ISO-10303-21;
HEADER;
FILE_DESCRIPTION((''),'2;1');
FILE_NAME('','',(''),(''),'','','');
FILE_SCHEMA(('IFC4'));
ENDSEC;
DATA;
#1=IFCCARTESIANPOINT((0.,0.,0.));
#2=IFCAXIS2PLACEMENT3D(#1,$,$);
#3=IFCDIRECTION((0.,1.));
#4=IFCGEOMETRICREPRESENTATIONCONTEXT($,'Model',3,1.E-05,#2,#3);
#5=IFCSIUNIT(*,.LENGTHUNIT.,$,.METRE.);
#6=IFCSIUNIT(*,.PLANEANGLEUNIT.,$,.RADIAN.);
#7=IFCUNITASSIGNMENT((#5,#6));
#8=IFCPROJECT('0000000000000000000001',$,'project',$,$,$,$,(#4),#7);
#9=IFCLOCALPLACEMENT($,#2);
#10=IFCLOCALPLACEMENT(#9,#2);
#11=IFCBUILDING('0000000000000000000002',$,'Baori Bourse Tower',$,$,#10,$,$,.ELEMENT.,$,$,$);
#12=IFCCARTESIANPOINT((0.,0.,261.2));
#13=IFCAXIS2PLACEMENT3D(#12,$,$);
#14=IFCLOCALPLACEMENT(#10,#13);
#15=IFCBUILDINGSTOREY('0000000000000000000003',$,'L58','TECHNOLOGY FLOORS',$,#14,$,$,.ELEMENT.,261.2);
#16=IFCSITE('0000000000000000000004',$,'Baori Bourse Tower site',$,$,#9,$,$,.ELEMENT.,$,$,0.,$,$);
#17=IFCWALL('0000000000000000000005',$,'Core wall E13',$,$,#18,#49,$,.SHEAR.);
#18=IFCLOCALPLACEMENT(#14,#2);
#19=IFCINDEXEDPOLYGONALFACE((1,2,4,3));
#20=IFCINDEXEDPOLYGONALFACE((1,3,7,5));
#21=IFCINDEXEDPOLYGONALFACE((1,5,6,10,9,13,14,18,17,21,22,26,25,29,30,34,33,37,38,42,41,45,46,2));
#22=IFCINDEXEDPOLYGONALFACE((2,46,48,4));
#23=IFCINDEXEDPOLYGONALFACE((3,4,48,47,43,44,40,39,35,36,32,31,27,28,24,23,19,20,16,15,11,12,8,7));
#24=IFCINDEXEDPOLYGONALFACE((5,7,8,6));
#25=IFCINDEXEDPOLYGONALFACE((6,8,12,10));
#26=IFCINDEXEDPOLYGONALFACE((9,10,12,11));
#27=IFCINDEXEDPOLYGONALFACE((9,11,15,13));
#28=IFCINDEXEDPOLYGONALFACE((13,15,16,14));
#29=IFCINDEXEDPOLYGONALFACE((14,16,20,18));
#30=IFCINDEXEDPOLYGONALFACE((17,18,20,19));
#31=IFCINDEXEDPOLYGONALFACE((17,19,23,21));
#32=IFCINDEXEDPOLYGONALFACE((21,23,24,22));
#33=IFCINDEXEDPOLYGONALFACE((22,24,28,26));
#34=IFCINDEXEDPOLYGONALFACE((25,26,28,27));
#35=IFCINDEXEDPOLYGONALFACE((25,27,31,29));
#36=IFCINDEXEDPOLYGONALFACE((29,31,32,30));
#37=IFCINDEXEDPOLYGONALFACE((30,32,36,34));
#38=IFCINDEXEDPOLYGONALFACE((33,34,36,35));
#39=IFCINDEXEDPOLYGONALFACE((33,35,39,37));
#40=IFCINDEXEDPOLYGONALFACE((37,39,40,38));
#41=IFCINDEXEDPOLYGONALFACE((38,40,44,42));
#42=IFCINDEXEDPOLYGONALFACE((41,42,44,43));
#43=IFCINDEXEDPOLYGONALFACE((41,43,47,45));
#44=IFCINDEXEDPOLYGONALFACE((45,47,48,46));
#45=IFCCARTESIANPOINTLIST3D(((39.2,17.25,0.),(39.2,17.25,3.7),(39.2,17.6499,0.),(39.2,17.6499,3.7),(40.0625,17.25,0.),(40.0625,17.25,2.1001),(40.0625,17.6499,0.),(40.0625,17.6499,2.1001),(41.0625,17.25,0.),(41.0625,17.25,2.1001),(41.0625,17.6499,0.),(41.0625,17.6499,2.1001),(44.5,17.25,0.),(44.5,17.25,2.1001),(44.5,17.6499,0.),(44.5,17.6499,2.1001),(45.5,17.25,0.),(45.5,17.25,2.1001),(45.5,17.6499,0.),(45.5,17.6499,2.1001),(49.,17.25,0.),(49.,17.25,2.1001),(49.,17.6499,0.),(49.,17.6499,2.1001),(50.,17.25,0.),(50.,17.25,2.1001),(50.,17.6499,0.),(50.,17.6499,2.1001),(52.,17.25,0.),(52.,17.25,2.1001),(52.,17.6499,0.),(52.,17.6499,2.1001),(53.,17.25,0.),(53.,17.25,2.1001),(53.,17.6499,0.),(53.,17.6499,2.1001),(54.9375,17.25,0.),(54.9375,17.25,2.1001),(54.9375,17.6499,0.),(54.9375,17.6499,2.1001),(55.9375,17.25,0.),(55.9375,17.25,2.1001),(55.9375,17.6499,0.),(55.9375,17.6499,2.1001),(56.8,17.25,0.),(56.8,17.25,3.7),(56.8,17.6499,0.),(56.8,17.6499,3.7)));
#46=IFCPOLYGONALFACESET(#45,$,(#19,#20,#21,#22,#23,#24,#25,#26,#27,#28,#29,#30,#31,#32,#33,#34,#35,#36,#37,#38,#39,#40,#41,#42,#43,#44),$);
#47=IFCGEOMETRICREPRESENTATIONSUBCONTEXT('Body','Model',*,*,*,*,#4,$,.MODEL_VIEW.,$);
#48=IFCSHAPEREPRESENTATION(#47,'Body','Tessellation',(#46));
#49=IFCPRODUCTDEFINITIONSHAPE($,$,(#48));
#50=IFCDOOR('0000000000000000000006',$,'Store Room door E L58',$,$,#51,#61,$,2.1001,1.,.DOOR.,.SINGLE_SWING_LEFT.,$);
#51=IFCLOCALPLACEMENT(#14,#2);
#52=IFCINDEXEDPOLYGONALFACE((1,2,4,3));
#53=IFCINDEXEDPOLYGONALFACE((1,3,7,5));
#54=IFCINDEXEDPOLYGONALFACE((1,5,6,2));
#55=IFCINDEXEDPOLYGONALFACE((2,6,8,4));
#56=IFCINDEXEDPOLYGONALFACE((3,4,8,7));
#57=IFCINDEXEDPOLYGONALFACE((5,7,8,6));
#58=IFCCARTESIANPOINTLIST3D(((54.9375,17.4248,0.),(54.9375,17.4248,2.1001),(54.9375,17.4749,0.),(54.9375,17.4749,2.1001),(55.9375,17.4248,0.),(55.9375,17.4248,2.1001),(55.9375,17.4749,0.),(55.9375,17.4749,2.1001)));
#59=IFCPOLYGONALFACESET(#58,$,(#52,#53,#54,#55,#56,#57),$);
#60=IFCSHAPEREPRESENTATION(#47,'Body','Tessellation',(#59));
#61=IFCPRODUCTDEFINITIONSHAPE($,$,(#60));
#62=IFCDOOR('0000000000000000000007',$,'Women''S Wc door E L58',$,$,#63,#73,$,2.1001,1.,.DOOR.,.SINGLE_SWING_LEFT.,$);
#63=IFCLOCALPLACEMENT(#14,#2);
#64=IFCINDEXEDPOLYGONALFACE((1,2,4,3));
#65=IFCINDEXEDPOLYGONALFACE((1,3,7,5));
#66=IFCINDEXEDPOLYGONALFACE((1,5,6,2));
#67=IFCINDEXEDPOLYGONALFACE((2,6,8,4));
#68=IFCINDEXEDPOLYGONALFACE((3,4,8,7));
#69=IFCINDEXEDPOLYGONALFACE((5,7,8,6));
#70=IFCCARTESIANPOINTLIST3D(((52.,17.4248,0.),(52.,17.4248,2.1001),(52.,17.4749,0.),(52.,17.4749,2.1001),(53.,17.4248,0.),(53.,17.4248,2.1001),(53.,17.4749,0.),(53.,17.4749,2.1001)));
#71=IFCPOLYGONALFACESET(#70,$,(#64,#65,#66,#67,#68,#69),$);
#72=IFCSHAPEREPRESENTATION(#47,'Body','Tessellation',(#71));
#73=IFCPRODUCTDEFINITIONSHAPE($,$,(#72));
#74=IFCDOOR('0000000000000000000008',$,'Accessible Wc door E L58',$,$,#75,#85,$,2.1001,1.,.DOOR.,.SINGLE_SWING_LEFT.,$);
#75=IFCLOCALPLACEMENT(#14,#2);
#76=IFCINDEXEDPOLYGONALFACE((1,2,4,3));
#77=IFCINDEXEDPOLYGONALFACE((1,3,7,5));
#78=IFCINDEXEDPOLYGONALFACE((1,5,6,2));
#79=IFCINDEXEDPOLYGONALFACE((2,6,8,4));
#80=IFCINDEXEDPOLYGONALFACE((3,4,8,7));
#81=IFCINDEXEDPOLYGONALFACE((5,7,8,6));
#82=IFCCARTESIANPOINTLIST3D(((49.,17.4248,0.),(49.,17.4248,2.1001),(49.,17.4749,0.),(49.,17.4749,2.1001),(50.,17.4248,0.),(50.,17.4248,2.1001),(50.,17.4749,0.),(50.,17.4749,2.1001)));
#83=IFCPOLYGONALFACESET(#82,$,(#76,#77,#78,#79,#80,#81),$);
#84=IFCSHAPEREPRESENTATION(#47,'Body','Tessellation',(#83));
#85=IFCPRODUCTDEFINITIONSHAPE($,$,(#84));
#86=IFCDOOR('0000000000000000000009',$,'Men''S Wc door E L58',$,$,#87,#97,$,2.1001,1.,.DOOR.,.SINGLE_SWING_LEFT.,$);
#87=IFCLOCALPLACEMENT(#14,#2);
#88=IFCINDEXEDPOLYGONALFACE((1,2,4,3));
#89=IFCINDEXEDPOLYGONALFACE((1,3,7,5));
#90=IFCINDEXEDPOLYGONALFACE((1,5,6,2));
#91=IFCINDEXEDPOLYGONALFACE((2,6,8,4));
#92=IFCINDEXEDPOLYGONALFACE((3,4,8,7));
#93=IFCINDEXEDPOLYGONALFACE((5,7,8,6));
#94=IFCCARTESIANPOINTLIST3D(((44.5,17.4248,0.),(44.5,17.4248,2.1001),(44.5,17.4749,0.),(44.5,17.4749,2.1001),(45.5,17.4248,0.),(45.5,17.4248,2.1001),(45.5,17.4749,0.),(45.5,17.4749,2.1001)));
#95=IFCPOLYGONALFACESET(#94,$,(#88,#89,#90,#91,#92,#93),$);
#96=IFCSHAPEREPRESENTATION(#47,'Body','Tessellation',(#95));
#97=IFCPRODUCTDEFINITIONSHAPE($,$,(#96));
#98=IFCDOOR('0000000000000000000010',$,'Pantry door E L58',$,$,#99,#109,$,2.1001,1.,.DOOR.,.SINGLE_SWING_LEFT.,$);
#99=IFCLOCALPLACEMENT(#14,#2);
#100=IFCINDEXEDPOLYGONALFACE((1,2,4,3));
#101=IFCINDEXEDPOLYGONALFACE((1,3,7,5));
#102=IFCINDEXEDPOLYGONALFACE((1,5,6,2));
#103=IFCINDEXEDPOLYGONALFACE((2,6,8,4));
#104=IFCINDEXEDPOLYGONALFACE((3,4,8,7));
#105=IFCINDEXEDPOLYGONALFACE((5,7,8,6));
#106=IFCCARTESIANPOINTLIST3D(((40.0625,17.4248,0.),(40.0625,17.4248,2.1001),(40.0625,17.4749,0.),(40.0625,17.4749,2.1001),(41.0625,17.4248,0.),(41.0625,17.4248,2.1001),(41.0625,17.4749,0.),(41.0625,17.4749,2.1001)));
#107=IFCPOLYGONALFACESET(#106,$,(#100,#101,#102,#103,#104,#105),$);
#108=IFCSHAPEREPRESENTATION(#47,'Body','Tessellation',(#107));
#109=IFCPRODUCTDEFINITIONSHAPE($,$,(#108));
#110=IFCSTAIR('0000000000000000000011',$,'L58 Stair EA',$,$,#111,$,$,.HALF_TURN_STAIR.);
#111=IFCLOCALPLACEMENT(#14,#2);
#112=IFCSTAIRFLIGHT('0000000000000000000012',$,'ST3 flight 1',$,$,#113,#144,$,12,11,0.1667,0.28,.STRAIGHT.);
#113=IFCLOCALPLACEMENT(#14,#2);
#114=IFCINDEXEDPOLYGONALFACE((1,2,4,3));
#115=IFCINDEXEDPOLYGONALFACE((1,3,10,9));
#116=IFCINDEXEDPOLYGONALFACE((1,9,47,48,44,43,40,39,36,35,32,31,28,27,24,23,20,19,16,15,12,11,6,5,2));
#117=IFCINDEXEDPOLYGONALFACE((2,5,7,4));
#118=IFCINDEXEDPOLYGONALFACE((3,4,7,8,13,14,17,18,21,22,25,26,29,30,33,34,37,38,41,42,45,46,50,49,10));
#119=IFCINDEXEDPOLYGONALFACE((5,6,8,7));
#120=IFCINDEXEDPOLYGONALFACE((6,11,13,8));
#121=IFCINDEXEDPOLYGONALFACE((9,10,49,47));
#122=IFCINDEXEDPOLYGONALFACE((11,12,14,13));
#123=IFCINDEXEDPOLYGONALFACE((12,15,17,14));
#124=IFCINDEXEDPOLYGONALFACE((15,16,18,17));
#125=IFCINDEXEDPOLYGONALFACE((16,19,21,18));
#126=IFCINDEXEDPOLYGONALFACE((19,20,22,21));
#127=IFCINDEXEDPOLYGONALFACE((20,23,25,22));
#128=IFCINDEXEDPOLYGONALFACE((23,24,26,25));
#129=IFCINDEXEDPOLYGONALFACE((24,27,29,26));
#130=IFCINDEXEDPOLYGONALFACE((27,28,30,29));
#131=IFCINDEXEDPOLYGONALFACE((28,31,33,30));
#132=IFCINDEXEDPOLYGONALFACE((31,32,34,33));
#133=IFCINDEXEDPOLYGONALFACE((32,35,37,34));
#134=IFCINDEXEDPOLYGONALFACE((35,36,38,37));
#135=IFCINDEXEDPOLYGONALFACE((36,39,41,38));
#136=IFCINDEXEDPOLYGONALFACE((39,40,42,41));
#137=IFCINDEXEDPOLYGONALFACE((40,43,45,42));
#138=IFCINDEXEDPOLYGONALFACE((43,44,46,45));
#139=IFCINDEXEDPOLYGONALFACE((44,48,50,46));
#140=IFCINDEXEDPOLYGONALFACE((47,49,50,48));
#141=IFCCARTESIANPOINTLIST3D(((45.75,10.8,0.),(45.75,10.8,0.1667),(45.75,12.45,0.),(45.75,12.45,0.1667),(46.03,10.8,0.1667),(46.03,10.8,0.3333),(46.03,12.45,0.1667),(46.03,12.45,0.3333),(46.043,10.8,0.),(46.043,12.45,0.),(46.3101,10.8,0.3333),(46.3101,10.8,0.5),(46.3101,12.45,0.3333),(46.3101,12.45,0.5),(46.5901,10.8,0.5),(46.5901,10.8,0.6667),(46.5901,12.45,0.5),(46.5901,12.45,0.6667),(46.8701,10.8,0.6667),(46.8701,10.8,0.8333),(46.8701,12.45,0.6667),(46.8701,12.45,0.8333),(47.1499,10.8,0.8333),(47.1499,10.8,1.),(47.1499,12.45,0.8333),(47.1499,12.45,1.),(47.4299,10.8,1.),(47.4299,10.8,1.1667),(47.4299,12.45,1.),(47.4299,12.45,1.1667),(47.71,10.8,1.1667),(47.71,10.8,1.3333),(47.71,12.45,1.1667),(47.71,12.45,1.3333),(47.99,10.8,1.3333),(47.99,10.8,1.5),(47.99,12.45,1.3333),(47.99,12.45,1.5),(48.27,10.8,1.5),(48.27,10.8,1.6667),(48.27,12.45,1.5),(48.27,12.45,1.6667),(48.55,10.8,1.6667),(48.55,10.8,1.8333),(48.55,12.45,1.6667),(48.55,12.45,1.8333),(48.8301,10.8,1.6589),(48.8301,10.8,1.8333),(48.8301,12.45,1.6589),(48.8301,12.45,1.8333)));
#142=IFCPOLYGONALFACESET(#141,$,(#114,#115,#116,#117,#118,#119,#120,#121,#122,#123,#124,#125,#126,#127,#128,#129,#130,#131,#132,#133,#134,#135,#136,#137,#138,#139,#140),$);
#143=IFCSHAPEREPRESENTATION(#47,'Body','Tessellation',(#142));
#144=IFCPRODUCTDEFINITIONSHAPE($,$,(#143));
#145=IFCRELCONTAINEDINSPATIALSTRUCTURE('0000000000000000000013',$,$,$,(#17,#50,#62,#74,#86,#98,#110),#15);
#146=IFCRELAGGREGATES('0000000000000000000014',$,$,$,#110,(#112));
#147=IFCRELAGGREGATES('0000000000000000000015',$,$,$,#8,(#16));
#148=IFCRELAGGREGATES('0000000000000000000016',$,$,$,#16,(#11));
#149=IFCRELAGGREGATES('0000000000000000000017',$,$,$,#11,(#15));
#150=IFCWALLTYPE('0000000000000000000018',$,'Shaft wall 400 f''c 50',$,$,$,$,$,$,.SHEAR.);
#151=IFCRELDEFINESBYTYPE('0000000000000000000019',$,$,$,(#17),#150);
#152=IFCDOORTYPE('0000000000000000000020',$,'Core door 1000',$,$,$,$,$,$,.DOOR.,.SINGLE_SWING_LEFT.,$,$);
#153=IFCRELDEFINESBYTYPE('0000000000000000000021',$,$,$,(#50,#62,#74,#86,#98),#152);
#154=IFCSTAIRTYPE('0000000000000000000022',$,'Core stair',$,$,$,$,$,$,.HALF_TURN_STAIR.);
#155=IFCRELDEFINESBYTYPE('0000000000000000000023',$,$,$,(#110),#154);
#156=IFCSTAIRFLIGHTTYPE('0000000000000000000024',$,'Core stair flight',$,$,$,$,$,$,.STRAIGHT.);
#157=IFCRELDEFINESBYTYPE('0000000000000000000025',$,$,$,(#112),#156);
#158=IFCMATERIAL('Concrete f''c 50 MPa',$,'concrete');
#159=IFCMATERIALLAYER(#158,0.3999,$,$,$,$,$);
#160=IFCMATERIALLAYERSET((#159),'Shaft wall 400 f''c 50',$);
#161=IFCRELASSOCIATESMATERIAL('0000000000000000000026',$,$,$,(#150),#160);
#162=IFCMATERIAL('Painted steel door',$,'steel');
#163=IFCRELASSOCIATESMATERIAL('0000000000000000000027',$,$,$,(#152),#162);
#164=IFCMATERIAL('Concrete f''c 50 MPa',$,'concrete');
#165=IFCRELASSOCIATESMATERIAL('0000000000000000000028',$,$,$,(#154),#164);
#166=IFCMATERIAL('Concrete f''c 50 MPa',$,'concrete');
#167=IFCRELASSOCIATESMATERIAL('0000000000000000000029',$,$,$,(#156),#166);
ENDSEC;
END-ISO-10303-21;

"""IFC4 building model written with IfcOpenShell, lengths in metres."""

from ifc_helpers import new_model, si_unit, direction, frame, frame_2d, origin, place, context, subcontext, project, spatial, polyline, rectangle, outline, extrude, material, layer, layer_set, type_object, element, fill, aggregate, save


model = new_model("IFC4")

# Units and contexts
model_context = context("Model", 3, precision=1e-05, world=origin(), true_north=direction((0.0, 1.0)))
body_context = subcontext(model_context, "Body", "Model", "MODEL_VIEW")
ifc_project = project(units=[si_unit("LENGTHUNIT", "METRE"), si_unit("PLANEANGLEUNIT", "RADIAN")], contexts=[model_context])

# Site, building, storey
site_placement = place(None, origin())
site = spatial("IfcSite", under=ifc_project, at=site_placement, Name="Baori Bourse Tower site", CompositionType="ELEMENT", RefElevation=0.0)
building_placement = place(site_placement, origin())
building = spatial("IfcBuilding", under=site, at=building_placement, Name="Baori Bourse Tower", CompositionType="ELEMENT")
storey_placement = place(building_placement, frame((0.0, 0.0, 261.2)))
storey = spatial("IfcBuildingStorey", under=building, at=storey_placement, Name="L58", Description="TECHNOLOGY FLOORS", CompositionType="ELEMENT", Elevation=261.2)

# Shared definitions
ifc_material_1 = material(Name="Concrete f'c 50 MPa", Category="concrete")
ifc_layer_1 = layer(ifc_material_1, 0.3999)
ifc_layer_set_1 = layer_set([ifc_layer_1], Name="Shaft wall 400 f'c 50")
wall_type_1 = type_object("IfcWallType", Name="Shaft wall 400 f'c 50", PredefinedType="SHEAR", material=ifc_layer_set_1)

# Wall, openings, doors
wall_1_placement = place(storey_placement, frame((39.2, 17.45, 0.0), z_axis=(0.0, 0.0, 1.0), x_axis=(1.0, 0.0, 0.0)))
wall_1 = element("IfcWall", 1, at=wall_1_placement, inside=storey, type_object=wall_type_1, Name="Core wall E13", PredefinedType="SHEAR", context=body_context, shape_type="SweptSolid", body=[
    extrude(rectangle(XDim=17.6001, YDim=0.3999, at=frame_2d((8.8, 0.0))), origin(), (0.0, 0.0, 1.0), 3.7),
])
opening_1_placement = place(wall_1_placement, frame((15.7375, 0.0, 0.0)))
opening_1 = element("IfcOpeningElement", 2, at=opening_1_placement, cuts=wall_1, PredefinedType="OPENING", context=body_context, shape_type="SweptSolid", body=[
    extrude(rectangle(XDim=1.0, YDim=2.1001, at=frame_2d((0.5, 1.05))), frame((0.0, 0.21, 0.0), z_axis=(0.0, -1.0, 0.0), x_axis=(1.0, 0.0, 0.0)), (0.0, 0.0, 1.0), 0.4199),
])
opening_2_placement = place(wall_1_placement, frame((12.8, 0.0, 0.0)))
opening_2 = element("IfcOpeningElement", 3, at=opening_2_placement, cuts=wall_1, PredefinedType="OPENING", context=body_context, shape_type="SweptSolid", body=[
    extrude(rectangle(XDim=1.0, YDim=2.1001, at=frame_2d((0.5, 1.05))), frame((0.0, 0.21, 0.0), z_axis=(0.0, -1.0, 0.0), x_axis=(1.0, 0.0, 0.0)), (0.0, 0.0, 1.0), 0.4199),
])
opening_3_placement = place(wall_1_placement, frame((9.8, 0.0, 0.0)))
opening_3 = element("IfcOpeningElement", 4, at=opening_3_placement, cuts=wall_1, PredefinedType="OPENING", context=body_context, shape_type="SweptSolid", body=[
    extrude(rectangle(XDim=1.0, YDim=2.1001, at=frame_2d((0.5, 1.05))), frame((0.0, 0.21, 0.0), z_axis=(0.0, -1.0, 0.0), x_axis=(1.0, 0.0, 0.0)), (0.0, 0.0, 1.0), 0.4199),
])
opening_4_placement = place(wall_1_placement, frame((5.3, 0.0, 0.0)))
opening_4 = element("IfcOpeningElement", 5, at=opening_4_placement, cuts=wall_1, PredefinedType="OPENING", context=body_context, shape_type="SweptSolid", body=[
    extrude(rectangle(XDim=1.0, YDim=2.1001, at=frame_2d((0.5, 1.05))), frame((0.0, 0.21, 0.0), z_axis=(0.0, -1.0, 0.0), x_axis=(1.0, 0.0, 0.0)), (0.0, 0.0, 1.0), 0.4199),
])
opening_5_placement = place(wall_1_placement, frame((0.8625, 0.0, 0.0)))
opening_5 = element("IfcOpeningElement", 6, at=opening_5_placement, cuts=wall_1, PredefinedType="OPENING", context=body_context, shape_type="SweptSolid", body=[
    extrude(rectangle(XDim=1.0, YDim=2.1001, at=frame_2d((0.5, 1.05))), frame((0.0, 0.21, 0.0), z_axis=(0.0, -1.0, 0.0), x_axis=(1.0, 0.0, 0.0)), (0.0, 0.0, 1.0), 0.4199),
])
ifc_material_2 = material(Name="Painted steel door", Category="steel")
door_type_1 = type_object("IfcDoorType", Name="Core door 1000", OperationType="SINGLE_SWING_LEFT", PredefinedType="DOOR", material=ifc_material_2)
door_1_placement = place(opening_1_placement, origin())
door_1 = element("IfcDoor", 7, at=door_1_placement, inside=storey, type_object=door_type_1, Name="Store Room door E L58", OperationType="SINGLE_SWING_LEFT", OverallHeight=2.1001, OverallWidth=1.0, PredefinedType="DOOR", context=body_context, shape_type="SweptSolid", body=[
    extrude(rectangle(XDim=1.0, YDim=2.1001, at=frame_2d((0.5, 1.05))), frame((0.0, 0.0249, 0.0), z_axis=(0.0, -1.0, 0.0), x_axis=(1.0, 0.0, 0.0)), (0.0, 0.0, 1.0), 0.05),
])
fill(opening_1, door_1)
door_2_placement = place(opening_2_placement, origin())
door_2 = element("IfcDoor", 8, at=door_2_placement, inside=storey, type_object=door_type_1, Name="Women'S Wc door E L58", OperationType="SINGLE_SWING_LEFT", OverallHeight=2.1001, OverallWidth=1.0, PredefinedType="DOOR", context=body_context, shape_type="SweptSolid", body=[
    extrude(rectangle(XDim=1.0, YDim=2.1001, at=frame_2d((0.5, 1.05))), frame((0.0, 0.0249, 0.0), z_axis=(0.0, -1.0, 0.0), x_axis=(1.0, 0.0, 0.0)), (0.0, 0.0, 1.0), 0.05),
])
fill(opening_2, door_2)
door_3_placement = place(opening_3_placement, origin())
door_3 = element("IfcDoor", 9, at=door_3_placement, inside=storey, type_object=door_type_1, Name="Accessible Wc door E L58", OperationType="SINGLE_SWING_LEFT", OverallHeight=2.1001, OverallWidth=1.0, PredefinedType="DOOR", context=body_context, shape_type="SweptSolid", body=[
    extrude(rectangle(XDim=1.0, YDim=2.1001, at=frame_2d((0.5, 1.05))), frame((0.0, 0.0249, 0.0), z_axis=(0.0, -1.0, 0.0), x_axis=(1.0, 0.0, 0.0)), (0.0, 0.0, 1.0), 0.05),
])
fill(opening_3, door_3)
door_4_placement = place(opening_4_placement, origin())
door_4 = element("IfcDoor", 10, at=door_4_placement, inside=storey, type_object=door_type_1, Name="Men'S Wc door E L58", OperationType="SINGLE_SWING_LEFT", OverallHeight=2.1001, OverallWidth=1.0, PredefinedType="DOOR", context=body_context, shape_type="SweptSolid", body=[
    extrude(rectangle(XDim=1.0, YDim=2.1001, at=frame_2d((0.5, 1.05))), frame((0.0, 0.0249, 0.0), z_axis=(0.0, -1.0, 0.0), x_axis=(1.0, 0.0, 0.0)), (0.0, 0.0, 1.0), 0.05),
])
fill(opening_4, door_4)
door_5_placement = place(opening_5_placement, origin())
door_5 = element("IfcDoor", 11, at=door_5_placement, inside=storey, type_object=door_type_1, Name="Pantry door E L58", OperationType="SINGLE_SWING_LEFT", OverallHeight=2.1001, OverallWidth=1.0, PredefinedType="DOOR", context=body_context, shape_type="SweptSolid", body=[
    extrude(rectangle(XDim=1.0, YDim=2.1001, at=frame_2d((0.5, 1.05))), frame((0.0, 0.0249, 0.0), z_axis=(0.0, -1.0, 0.0), x_axis=(1.0, 0.0, 0.0)), (0.0, 0.0, 1.0), 0.05),
])
fill(opening_5, door_5)

# Stair, stair flight
ifc_material_3 = material(Name="Concrete f'c 50 MPa", Category="concrete")
stair_type = type_object("IfcStairType", Name="Core stair", PredefinedType="HALF_TURN_STAIR", material=ifc_material_3)
stair_placement = place(storey_placement, origin())
stair = element("IfcStair", 12, at=stair_placement, inside=storey, type_object=stair_type, Name="L58 Stair EA", PredefinedType="HALF_TURN_STAIR")
ifc_material_4 = material(Name="Concrete f'c 50 MPa", Category="concrete")
stair_flight_type = type_object("IfcStairFlightType", Name="Core stair flight", PredefinedType="STRAIGHT", material=ifc_material_4)
stair_flight_1_placement = place(storey_placement, frame((45.75, 11.625, 0.0), z_axis=(0.0, 0.0, 1.0), x_axis=(1.0, 0.0, 0.0)))
stair_flight_1 = element("IfcStairFlight", 13, at=stair_flight_1_placement, type_object=stair_flight_type, Name="ST3 flight 1", NumberOfRisers=12, NumberOfTreads=11, PredefinedType="STRAIGHT", RiserHeight=0.1667, TreadLength=0.28, context=body_context, shape_type="SweptSolid", body=[
    extrude(outline(polyline([(0.0, 0.0), (0.0, 0.1667), (0.28, 0.1667), (0.28, 0.3333), (0.5601, 0.3333), (0.5601, 0.5), (0.8401, 0.5), (0.8401, 0.6667), (1.1201, 0.6667), (1.1201, 0.8333), (1.3999, 0.8333), (1.3999, 1.0), (1.6799, 1.0), (1.6799, 1.1667), (1.96, 1.1667), (1.96, 1.3333), (2.24, 1.3333), (2.24, 1.5), (2.52, 1.5), (2.52, 1.6667), (2.8, 1.6667), (2.8, 1.8333), (3.0801, 1.8333), (3.0801, 2.0), (3.0801, 1.6589), (0.293, 0.0), (0.0, 0.0)])), frame((0.0, 0.825, 0.0), z_axis=(0.0, -1.0, 0.0), x_axis=(1.0, 0.0, 0.0)), (0.0, 0.0, 1.0), 1.6499),
])
aggregate(stair, [stair_flight_1])

save(model, "model.ifc")
